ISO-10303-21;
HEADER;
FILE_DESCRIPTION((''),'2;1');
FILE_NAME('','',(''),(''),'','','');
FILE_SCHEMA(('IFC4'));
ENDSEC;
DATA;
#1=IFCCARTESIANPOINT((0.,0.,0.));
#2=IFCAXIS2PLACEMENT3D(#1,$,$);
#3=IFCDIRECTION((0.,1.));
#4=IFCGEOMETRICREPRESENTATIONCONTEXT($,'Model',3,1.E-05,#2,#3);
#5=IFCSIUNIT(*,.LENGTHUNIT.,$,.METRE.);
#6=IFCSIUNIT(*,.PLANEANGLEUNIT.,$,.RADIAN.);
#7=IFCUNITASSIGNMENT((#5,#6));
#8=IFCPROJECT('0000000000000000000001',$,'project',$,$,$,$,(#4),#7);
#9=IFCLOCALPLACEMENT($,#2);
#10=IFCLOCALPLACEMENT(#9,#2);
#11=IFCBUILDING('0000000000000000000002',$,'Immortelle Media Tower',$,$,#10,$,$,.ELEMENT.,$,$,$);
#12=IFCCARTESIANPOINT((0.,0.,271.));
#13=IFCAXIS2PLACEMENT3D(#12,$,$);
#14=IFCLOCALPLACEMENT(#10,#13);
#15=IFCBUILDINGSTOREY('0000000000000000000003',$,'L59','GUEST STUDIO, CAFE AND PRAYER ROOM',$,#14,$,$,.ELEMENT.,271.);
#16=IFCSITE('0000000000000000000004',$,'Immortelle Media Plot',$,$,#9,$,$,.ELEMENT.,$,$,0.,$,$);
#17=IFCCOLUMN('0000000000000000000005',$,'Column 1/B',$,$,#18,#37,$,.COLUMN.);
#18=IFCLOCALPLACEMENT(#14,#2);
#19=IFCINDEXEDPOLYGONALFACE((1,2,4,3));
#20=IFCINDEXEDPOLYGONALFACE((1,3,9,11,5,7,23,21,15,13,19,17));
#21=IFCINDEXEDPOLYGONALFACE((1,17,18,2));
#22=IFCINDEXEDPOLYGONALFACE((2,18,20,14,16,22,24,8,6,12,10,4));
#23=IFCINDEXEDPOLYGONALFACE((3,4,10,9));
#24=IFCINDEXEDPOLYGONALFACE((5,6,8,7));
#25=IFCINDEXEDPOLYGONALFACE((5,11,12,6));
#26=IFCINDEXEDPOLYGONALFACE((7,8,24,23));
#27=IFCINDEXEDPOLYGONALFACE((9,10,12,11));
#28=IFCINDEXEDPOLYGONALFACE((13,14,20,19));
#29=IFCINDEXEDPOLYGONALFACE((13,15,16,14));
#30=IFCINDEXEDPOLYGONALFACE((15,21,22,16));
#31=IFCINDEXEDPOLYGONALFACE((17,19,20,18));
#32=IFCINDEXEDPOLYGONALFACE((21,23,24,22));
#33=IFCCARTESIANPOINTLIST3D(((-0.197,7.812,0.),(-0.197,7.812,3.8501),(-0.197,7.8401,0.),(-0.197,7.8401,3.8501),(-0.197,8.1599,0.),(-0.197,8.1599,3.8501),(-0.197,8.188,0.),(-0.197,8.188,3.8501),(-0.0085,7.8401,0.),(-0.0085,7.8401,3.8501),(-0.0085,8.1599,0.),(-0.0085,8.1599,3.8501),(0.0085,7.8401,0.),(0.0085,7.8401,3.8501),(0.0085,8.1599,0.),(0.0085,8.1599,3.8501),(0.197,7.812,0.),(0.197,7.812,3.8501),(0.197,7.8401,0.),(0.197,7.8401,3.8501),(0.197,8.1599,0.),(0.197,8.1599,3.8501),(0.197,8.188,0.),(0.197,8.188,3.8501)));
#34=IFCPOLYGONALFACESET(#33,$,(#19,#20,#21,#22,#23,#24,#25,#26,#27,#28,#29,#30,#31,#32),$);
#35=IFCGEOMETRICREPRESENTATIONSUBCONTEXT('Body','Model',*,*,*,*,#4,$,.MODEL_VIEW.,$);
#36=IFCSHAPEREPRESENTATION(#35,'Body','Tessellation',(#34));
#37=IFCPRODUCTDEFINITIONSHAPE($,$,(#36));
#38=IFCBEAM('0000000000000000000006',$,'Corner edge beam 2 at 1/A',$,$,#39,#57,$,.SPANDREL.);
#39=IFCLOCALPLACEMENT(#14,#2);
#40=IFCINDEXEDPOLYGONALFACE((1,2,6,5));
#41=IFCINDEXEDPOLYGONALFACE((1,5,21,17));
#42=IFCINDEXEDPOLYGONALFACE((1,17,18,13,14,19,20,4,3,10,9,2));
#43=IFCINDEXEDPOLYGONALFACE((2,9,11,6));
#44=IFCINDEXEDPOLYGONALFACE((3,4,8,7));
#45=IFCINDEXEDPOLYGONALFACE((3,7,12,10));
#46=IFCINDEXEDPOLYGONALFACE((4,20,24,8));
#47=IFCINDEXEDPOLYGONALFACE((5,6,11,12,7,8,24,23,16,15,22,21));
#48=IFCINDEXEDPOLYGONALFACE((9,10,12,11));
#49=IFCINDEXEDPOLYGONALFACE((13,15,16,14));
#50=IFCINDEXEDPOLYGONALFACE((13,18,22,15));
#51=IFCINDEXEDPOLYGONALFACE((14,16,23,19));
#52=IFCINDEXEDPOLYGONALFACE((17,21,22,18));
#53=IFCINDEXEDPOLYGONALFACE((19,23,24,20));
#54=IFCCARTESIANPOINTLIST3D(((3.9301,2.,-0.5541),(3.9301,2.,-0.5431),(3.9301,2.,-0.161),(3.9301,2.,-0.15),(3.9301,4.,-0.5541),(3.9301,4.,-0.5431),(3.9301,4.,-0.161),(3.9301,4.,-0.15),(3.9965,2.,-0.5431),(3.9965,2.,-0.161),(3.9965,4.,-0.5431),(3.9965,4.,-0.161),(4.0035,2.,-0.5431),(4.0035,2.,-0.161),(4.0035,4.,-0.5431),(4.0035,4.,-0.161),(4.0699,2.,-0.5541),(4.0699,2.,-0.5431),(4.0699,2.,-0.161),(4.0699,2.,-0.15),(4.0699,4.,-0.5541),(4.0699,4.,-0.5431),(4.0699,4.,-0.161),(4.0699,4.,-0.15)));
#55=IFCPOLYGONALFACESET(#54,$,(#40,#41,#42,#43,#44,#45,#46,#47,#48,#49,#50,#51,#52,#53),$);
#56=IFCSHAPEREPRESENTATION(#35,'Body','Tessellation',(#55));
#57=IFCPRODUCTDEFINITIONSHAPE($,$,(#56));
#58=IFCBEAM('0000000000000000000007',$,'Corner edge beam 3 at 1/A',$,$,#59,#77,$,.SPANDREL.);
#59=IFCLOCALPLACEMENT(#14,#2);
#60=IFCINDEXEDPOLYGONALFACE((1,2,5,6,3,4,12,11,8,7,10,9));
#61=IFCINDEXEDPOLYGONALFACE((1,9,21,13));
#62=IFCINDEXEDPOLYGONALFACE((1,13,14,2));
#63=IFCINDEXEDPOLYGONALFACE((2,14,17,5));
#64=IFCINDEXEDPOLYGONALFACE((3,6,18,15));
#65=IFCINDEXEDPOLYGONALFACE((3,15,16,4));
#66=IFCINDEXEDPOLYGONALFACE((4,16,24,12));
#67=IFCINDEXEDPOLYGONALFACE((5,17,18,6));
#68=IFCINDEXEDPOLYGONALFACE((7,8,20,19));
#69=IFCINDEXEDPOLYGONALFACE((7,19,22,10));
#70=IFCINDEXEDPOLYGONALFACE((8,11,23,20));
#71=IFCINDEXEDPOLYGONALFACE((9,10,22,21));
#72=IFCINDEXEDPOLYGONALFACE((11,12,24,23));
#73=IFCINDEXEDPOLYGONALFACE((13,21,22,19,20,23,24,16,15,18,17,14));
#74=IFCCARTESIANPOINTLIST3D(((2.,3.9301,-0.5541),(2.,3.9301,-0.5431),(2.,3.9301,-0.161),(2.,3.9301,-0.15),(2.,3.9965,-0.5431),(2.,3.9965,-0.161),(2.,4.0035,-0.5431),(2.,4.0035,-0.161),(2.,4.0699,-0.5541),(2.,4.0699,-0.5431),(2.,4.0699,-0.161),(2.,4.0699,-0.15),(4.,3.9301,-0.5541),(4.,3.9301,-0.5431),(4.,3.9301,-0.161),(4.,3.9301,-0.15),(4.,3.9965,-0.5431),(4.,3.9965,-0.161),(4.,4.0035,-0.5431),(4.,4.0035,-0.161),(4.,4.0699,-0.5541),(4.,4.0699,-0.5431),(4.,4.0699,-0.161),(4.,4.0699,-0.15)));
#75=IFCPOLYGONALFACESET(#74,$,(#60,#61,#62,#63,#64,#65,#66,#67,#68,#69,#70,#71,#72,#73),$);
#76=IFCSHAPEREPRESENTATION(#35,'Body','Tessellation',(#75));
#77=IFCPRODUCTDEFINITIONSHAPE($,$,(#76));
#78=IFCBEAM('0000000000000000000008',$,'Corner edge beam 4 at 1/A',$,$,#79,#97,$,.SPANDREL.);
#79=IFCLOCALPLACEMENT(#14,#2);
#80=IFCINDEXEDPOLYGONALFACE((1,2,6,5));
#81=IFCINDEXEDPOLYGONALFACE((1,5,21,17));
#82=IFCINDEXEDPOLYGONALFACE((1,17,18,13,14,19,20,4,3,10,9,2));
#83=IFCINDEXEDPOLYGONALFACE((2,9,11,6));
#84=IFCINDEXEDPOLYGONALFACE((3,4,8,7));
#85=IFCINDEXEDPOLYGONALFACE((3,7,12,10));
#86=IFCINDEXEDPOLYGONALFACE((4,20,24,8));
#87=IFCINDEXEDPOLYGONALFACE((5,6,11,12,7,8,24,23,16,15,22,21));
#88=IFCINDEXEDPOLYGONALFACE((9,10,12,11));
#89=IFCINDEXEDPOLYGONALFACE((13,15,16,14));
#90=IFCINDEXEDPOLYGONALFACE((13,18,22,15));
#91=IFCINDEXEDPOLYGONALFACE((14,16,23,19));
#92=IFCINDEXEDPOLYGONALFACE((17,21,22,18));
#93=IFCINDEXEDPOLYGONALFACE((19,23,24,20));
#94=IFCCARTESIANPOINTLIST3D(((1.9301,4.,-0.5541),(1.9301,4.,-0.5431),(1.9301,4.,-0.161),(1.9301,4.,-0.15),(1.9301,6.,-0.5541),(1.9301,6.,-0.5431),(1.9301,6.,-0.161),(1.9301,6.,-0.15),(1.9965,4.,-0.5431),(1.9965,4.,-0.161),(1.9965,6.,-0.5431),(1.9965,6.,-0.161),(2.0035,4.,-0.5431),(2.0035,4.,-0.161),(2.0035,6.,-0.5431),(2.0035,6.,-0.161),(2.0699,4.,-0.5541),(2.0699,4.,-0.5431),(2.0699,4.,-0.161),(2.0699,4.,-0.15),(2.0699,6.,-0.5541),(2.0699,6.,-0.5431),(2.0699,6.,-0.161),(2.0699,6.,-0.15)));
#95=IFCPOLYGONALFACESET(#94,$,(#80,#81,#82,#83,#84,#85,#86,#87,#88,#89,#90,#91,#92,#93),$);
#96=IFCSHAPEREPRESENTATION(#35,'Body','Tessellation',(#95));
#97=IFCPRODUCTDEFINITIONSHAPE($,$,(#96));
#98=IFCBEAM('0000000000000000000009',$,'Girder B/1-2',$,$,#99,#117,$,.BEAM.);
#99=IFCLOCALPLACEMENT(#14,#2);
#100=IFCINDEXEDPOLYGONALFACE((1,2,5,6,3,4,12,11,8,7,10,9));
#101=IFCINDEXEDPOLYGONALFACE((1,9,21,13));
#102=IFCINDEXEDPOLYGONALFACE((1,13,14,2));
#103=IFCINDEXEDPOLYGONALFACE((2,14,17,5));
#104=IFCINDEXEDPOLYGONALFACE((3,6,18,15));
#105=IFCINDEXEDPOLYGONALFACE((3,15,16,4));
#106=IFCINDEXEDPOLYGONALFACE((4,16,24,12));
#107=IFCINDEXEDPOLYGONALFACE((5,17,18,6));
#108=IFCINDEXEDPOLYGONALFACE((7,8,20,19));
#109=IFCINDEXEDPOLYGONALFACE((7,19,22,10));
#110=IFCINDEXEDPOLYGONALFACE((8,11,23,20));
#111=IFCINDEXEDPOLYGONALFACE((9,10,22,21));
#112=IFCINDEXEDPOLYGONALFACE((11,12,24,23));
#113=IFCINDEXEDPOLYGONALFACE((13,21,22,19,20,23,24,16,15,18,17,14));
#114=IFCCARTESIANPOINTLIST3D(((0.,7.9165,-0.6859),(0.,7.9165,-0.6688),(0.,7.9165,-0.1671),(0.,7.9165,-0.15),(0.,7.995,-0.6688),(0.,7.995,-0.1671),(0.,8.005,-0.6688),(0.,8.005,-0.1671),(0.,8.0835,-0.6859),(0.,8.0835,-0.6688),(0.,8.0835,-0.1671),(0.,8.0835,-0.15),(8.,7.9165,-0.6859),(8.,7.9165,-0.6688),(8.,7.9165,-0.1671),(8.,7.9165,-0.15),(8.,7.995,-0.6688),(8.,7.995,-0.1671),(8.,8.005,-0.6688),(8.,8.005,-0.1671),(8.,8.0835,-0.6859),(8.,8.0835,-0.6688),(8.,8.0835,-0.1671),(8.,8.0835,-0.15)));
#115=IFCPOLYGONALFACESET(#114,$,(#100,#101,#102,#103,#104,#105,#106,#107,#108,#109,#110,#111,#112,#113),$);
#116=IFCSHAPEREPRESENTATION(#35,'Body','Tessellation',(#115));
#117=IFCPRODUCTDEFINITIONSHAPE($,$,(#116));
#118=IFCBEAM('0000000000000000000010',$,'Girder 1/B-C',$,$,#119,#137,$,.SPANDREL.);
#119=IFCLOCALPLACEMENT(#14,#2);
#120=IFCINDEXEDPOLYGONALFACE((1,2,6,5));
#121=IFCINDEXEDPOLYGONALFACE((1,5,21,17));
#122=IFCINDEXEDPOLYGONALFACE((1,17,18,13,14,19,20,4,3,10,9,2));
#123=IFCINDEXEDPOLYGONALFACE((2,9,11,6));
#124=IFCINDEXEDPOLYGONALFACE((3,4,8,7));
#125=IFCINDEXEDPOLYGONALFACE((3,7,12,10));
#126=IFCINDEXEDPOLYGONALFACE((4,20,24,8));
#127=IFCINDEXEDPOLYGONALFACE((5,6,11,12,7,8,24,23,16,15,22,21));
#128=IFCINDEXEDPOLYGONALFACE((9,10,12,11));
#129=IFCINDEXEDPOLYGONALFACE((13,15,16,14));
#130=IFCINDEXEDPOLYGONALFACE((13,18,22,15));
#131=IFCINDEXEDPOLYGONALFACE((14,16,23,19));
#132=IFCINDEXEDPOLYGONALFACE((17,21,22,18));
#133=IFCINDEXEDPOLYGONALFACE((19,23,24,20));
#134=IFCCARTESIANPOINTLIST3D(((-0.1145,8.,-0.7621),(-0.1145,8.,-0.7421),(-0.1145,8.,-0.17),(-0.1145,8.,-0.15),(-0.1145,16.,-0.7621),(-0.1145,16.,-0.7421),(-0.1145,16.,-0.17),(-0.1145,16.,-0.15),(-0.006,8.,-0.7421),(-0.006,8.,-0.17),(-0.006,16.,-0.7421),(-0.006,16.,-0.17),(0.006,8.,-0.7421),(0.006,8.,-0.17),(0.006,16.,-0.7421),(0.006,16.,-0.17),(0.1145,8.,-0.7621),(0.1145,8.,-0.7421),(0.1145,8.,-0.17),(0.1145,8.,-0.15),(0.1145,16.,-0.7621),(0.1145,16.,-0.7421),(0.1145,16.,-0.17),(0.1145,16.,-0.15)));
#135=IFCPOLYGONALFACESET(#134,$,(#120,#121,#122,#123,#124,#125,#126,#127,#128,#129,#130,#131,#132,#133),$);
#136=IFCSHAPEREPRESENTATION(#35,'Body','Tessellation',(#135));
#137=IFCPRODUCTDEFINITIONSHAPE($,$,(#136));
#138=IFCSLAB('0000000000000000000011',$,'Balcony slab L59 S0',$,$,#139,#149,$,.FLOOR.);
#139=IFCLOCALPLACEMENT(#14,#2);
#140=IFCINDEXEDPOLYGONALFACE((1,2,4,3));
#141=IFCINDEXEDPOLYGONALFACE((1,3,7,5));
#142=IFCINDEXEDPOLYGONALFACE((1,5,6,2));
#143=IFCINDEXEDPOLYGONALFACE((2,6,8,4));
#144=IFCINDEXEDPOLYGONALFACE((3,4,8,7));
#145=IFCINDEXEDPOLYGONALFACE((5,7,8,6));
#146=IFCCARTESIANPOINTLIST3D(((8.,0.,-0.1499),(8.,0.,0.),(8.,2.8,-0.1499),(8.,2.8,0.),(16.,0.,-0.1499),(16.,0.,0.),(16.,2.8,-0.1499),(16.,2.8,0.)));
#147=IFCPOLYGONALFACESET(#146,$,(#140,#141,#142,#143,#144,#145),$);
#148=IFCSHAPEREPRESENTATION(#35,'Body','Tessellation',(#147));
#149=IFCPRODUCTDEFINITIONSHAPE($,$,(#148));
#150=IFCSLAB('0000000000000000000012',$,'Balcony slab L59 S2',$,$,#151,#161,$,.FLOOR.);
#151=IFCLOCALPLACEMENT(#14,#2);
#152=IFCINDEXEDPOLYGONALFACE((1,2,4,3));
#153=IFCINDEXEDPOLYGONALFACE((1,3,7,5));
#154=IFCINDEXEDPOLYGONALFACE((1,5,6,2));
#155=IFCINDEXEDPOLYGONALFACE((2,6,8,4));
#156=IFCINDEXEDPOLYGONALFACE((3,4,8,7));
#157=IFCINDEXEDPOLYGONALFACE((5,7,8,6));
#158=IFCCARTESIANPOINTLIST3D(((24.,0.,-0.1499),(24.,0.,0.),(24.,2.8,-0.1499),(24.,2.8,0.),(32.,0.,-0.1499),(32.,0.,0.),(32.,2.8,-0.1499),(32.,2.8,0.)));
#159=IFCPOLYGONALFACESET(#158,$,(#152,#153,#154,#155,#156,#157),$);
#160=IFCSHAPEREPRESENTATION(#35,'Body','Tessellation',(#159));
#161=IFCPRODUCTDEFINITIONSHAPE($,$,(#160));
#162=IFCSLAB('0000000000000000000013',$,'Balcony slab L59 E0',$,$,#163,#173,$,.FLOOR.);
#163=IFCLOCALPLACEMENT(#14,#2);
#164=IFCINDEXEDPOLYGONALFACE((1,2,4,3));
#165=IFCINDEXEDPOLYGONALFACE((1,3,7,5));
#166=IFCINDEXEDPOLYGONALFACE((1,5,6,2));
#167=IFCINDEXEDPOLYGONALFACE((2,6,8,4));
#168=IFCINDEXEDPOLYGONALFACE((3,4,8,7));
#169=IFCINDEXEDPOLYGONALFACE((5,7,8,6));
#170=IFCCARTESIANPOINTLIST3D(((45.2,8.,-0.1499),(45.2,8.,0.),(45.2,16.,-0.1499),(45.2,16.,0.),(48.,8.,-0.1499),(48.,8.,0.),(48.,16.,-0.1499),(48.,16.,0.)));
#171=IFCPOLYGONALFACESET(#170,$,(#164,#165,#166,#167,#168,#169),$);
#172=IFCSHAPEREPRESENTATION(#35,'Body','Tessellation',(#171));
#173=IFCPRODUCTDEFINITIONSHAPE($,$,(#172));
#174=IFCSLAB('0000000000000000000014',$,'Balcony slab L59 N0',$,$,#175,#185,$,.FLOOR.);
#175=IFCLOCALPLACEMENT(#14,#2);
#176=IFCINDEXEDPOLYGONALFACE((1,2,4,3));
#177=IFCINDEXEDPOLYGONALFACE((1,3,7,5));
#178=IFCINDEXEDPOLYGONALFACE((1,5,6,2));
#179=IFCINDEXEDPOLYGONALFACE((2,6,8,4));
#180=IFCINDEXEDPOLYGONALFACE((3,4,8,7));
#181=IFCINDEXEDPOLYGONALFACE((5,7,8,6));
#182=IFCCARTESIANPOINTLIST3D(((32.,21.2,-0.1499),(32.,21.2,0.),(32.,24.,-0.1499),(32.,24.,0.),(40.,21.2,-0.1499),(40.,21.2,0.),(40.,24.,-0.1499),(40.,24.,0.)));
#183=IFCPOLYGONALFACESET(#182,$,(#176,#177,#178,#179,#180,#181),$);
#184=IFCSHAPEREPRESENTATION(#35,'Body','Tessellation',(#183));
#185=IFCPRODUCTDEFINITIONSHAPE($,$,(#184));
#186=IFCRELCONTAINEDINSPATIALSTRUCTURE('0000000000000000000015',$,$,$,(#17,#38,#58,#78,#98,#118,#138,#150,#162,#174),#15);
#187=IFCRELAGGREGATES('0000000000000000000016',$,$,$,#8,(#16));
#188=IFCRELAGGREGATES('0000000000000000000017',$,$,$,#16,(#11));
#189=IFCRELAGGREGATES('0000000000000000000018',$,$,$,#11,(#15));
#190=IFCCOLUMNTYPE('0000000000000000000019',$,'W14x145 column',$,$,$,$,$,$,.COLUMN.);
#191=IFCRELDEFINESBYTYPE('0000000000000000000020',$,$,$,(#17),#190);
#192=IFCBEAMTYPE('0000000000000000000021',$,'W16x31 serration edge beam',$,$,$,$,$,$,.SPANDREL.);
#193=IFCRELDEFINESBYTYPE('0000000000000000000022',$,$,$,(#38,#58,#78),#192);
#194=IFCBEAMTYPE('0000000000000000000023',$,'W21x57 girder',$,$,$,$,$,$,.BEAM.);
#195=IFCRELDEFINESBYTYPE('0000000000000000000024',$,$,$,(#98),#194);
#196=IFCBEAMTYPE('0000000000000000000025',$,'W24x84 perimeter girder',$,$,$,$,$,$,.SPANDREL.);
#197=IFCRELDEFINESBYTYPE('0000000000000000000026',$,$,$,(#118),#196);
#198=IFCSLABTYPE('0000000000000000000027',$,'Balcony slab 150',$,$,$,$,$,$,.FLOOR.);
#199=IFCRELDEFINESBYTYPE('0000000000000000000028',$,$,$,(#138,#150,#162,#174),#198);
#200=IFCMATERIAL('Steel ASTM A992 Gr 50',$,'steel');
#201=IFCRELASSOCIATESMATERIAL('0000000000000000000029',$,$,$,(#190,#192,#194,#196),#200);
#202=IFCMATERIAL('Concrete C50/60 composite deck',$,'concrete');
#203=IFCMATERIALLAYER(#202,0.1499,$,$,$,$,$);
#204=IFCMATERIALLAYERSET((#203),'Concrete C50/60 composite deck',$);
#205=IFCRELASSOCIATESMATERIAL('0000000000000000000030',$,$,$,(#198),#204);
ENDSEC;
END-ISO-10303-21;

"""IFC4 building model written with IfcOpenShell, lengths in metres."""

from ifc_helpers import new_model, si_unit, direction, frame, origin, origin_2d, place, context, subcontext, project, spatial, polyline, i_section, outline, extrude, material, layer, layer_set, material_profile, profile_set, type_object, element, save


model = new_model("IFC4")

# Units and contexts
model_context = context("Model", 3, precision=1e-05, world=origin(), true_north=direction((0.0, 1.0)))
body_context = subcontext(model_context, "Body", "Model", "MODEL_VIEW")
ifc_project = project(units=[si_unit("LENGTHUNIT", "METRE"), si_unit("PLANEANGLEUNIT", "RADIAN")], contexts=[model_context])

# Site, building, storey
site_placement = place(None, origin())
site = spatial("IfcSite", under=ifc_project, at=site_placement, Name="Immortelle Media Plot", CompositionType="ELEMENT", RefElevation=0.0)
building_placement = place(site_placement, origin())
building = spatial("IfcBuilding", under=site, at=building_placement, Name="Immortelle Media Tower", CompositionType="ELEMENT")
storey_placement = place(building_placement, frame((0.0, 0.0, 271.0)))
storey = spatial("IfcBuildingStorey", under=building, at=storey_placement, Name="L59", Description="GUEST STUDIO, CAFE AND PRAYER ROOM", CompositionType="ELEMENT", Elevation=271.0)

# Column
ifc_material_1 = material(Name="Steel ASTM A992 Gr 50", Category="steel")
ifc_material_profile_1 = material_profile(ifc_material_1, i_section(OverallWidth=0.394, OverallDepth=0.376, WebThickness=0.0171, FlangeThickness=0.0281, at=origin_2d()), Name="W14x145")
ifc_profile_set_1 = profile_set([ifc_material_profile_1], Name="Steel ASTM A992 Gr 50")
column_type = type_object("IfcColumnType", Name="W14x145 column", PredefinedType="COLUMN", material=ifc_profile_set_1)
column_placement = place(storey_placement, frame((0.0, 8.0, 0.0), z_axis=(0.0, 0.0, 1.0), x_axis=(1.0, 0.0, 0.0)))
element("IfcColumn", 1, at=column_placement, inside=storey, type_object=column_type, Name="Column 1/B", PredefinedType="COLUMN", context=body_context, shape_type="SweptSolid", body=[
    extrude(i_section(OverallWidth=0.394, OverallDepth=0.376, WebThickness=0.0171, FlangeThickness=0.0281, at=origin_2d()), origin(), (0.0, 0.0, 1.0), 3.8501),
])

# Beams
ifc_material_profile_2 = material_profile(ifc_material_1, i_section(OverallWidth=0.1399, OverallDepth=0.4041, WebThickness=0.0071, FlangeThickness=0.011, at=origin_2d()), Name="W16x31")
ifc_profile_set_2 = profile_set([ifc_material_profile_2], Name="Steel ASTM A992 Gr 50")
beam_type_1 = type_object("IfcBeamType", Name="W16x31 serration edge beam", PredefinedType="SPANDREL", material=ifc_profile_set_2)
for number, where, z_axis, x_axis, name in (
    (2, (4.0, 2.0, -0.3521), (0.0, 1.0, 0.0), (-1.0, 0.0, 0.0), "Corner edge beam 2 at 1/A"),
    (3, (4.0, 4.0, -0.3521), (-1.0, 0.0, 0.0), (0.0, -1.0, 0.0), "Corner edge beam 3 at 1/A"),
    (4, (2.0, 4.0, -0.3521), (0.0, 1.0, 0.0), (-1.0, 0.0, 0.0), "Corner edge beam 4 at 1/A"),
):
    element("IfcBeam", number, at=place(storey_placement, frame(where, z_axis=z_axis, x_axis=x_axis)), inside=storey, type_object=beam_type_1, Name=name, PredefinedType="SPANDREL", context=body_context, shape_type="SweptSolid", body=[
        extrude(i_section(OverallWidth=0.1399, OverallDepth=0.4041, WebThickness=0.0071, FlangeThickness=0.011, at=origin_2d()), origin(), (0.0, 0.0, 1.0), 2.0),
    ])
ifc_material_profile_3 = material_profile(ifc_material_1, i_section(OverallWidth=0.167, OverallDepth=0.5359, WebThickness=0.01, FlangeThickness=0.0171, at=origin_2d()), Name="W21x57")
ifc_profile_set_3 = profile_set([ifc_material_profile_3], Name="Steel ASTM A992 Gr 50")
beam_type_2 = type_object("IfcBeamType", Name="W21x57 girder", PredefinedType="BEAM", material=ifc_profile_set_3)
beam_1_placement = place(storey_placement, frame((0.0, 8.0, -0.418), z_axis=(1.0, 0.0, 0.0), x_axis=(0.0, 1.0, 0.0)))
element("IfcBeam", 5, at=beam_1_placement, inside=storey, type_object=beam_type_2, Name="Girder B/1-2", PredefinedType="BEAM", context=body_context, shape_type="SweptSolid", body=[
    extrude(i_section(OverallWidth=0.167, OverallDepth=0.5359, WebThickness=0.01, FlangeThickness=0.0171, at=origin_2d()), origin(), (0.0, 0.0, 1.0), 8.0),
])
ifc_material_profile_4 = material_profile(ifc_material_1, i_section(OverallWidth=0.229, OverallDepth=0.6121, WebThickness=0.012, FlangeThickness=0.02, at=origin_2d()), Name="W24x84")
ifc_profile_set_4 = profile_set([ifc_material_profile_4], Name="Steel ASTM A992 Gr 50")
beam_type_3 = type_object("IfcBeamType", Name="W24x84 perimeter girder", PredefinedType="SPANDREL", material=ifc_profile_set_4)
beam_2_placement = place(storey_placement, frame((0.0, 8.0, -0.4561), z_axis=(0.0, 1.0, 0.0), x_axis=(-1.0, 0.0, 0.0)))
element("IfcBeam", 6, at=beam_2_placement, inside=storey, type_object=beam_type_3, Name="Girder 1/B-C", PredefinedType="SPANDREL", context=body_context, shape_type="SweptSolid", body=[
    extrude(i_section(OverallWidth=0.229, OverallDepth=0.6121, WebThickness=0.012, FlangeThickness=0.02, at=origin_2d()), origin(), (0.0, 0.0, 1.0), 8.0),
])

# Slabs
ifc_material_2 = material(Name="Concrete C50/60 composite deck", Category="concrete")
ifc_layer_1 = layer(ifc_material_2, 0.1499)
ifc_layer_set_1 = layer_set([ifc_layer_1], Name="Concrete C50/60 composite deck")
slab_type_1 = type_object("IfcSlabType", Name="Balcony slab 150", PredefinedType="FLOOR", material=ifc_layer_set_1)
slab_1_placement = place(storey_placement, frame((0.0, 0.0, -0.1499)))
element("IfcSlab", 7, at=slab_1_placement, inside=storey, type_object=slab_type_1, Name="Balcony slab L59 S0", PredefinedType="FLOOR", context=body_context, shape_type="SweptSolid", body=[
    extrude(outline(polyline([(16.0, 0.0), (16.0, 2.8), (8.0, 2.8), (8.0, 0.0), (16.0, 0.0)])), origin(), (0.0, 0.0, 1.0), 0.1499),
])
slab_2_placement = place(storey_placement, frame((0.0, 0.0, -0.1499)))
element("IfcSlab", 8, at=slab_2_placement, inside=storey, type_object=slab_type_1, Name="Balcony slab L59 S2", PredefinedType="FLOOR", context=body_context, shape_type="SweptSolid", body=[
    extrude(outline(polyline([(32.0, 0.0), (32.0, 2.8), (24.0, 2.8), (24.0, 0.0), (32.0, 0.0)])), origin(), (0.0, 0.0, 1.0), 0.1499),
])
slab_3_placement = place(storey_placement, frame((0.0, 0.0, -0.1499)))
element("IfcSlab", 9, at=slab_3_placement, inside=storey, type_object=slab_type_1, Name="Balcony slab L59 E0", PredefinedType="FLOOR", context=body_context, shape_type="SweptSolid", body=[
    extrude(outline(polyline([(48.0, 8.0), (48.0, 16.0), (45.2, 16.0), (45.2, 8.0), (48.0, 8.0)])), origin(), (0.0, 0.0, 1.0), 0.1499),
])
slab_4_placement = place(storey_placement, frame((0.0, 0.0, -0.1499)))
element("IfcSlab", 10, at=slab_4_placement, inside=storey, type_object=slab_type_1, Name="Balcony slab L59 N0", PredefinedType="FLOOR", context=body_context, shape_type="SweptSolid", body=[
    extrude(outline(polyline([(40.0, 21.2), (40.0, 24.0), (32.0, 24.0), (32.0, 21.2), (40.0, 21.2)])), origin(), (0.0, 0.0, 1.0), 0.1499),
])

save(model, "model.ifc")
